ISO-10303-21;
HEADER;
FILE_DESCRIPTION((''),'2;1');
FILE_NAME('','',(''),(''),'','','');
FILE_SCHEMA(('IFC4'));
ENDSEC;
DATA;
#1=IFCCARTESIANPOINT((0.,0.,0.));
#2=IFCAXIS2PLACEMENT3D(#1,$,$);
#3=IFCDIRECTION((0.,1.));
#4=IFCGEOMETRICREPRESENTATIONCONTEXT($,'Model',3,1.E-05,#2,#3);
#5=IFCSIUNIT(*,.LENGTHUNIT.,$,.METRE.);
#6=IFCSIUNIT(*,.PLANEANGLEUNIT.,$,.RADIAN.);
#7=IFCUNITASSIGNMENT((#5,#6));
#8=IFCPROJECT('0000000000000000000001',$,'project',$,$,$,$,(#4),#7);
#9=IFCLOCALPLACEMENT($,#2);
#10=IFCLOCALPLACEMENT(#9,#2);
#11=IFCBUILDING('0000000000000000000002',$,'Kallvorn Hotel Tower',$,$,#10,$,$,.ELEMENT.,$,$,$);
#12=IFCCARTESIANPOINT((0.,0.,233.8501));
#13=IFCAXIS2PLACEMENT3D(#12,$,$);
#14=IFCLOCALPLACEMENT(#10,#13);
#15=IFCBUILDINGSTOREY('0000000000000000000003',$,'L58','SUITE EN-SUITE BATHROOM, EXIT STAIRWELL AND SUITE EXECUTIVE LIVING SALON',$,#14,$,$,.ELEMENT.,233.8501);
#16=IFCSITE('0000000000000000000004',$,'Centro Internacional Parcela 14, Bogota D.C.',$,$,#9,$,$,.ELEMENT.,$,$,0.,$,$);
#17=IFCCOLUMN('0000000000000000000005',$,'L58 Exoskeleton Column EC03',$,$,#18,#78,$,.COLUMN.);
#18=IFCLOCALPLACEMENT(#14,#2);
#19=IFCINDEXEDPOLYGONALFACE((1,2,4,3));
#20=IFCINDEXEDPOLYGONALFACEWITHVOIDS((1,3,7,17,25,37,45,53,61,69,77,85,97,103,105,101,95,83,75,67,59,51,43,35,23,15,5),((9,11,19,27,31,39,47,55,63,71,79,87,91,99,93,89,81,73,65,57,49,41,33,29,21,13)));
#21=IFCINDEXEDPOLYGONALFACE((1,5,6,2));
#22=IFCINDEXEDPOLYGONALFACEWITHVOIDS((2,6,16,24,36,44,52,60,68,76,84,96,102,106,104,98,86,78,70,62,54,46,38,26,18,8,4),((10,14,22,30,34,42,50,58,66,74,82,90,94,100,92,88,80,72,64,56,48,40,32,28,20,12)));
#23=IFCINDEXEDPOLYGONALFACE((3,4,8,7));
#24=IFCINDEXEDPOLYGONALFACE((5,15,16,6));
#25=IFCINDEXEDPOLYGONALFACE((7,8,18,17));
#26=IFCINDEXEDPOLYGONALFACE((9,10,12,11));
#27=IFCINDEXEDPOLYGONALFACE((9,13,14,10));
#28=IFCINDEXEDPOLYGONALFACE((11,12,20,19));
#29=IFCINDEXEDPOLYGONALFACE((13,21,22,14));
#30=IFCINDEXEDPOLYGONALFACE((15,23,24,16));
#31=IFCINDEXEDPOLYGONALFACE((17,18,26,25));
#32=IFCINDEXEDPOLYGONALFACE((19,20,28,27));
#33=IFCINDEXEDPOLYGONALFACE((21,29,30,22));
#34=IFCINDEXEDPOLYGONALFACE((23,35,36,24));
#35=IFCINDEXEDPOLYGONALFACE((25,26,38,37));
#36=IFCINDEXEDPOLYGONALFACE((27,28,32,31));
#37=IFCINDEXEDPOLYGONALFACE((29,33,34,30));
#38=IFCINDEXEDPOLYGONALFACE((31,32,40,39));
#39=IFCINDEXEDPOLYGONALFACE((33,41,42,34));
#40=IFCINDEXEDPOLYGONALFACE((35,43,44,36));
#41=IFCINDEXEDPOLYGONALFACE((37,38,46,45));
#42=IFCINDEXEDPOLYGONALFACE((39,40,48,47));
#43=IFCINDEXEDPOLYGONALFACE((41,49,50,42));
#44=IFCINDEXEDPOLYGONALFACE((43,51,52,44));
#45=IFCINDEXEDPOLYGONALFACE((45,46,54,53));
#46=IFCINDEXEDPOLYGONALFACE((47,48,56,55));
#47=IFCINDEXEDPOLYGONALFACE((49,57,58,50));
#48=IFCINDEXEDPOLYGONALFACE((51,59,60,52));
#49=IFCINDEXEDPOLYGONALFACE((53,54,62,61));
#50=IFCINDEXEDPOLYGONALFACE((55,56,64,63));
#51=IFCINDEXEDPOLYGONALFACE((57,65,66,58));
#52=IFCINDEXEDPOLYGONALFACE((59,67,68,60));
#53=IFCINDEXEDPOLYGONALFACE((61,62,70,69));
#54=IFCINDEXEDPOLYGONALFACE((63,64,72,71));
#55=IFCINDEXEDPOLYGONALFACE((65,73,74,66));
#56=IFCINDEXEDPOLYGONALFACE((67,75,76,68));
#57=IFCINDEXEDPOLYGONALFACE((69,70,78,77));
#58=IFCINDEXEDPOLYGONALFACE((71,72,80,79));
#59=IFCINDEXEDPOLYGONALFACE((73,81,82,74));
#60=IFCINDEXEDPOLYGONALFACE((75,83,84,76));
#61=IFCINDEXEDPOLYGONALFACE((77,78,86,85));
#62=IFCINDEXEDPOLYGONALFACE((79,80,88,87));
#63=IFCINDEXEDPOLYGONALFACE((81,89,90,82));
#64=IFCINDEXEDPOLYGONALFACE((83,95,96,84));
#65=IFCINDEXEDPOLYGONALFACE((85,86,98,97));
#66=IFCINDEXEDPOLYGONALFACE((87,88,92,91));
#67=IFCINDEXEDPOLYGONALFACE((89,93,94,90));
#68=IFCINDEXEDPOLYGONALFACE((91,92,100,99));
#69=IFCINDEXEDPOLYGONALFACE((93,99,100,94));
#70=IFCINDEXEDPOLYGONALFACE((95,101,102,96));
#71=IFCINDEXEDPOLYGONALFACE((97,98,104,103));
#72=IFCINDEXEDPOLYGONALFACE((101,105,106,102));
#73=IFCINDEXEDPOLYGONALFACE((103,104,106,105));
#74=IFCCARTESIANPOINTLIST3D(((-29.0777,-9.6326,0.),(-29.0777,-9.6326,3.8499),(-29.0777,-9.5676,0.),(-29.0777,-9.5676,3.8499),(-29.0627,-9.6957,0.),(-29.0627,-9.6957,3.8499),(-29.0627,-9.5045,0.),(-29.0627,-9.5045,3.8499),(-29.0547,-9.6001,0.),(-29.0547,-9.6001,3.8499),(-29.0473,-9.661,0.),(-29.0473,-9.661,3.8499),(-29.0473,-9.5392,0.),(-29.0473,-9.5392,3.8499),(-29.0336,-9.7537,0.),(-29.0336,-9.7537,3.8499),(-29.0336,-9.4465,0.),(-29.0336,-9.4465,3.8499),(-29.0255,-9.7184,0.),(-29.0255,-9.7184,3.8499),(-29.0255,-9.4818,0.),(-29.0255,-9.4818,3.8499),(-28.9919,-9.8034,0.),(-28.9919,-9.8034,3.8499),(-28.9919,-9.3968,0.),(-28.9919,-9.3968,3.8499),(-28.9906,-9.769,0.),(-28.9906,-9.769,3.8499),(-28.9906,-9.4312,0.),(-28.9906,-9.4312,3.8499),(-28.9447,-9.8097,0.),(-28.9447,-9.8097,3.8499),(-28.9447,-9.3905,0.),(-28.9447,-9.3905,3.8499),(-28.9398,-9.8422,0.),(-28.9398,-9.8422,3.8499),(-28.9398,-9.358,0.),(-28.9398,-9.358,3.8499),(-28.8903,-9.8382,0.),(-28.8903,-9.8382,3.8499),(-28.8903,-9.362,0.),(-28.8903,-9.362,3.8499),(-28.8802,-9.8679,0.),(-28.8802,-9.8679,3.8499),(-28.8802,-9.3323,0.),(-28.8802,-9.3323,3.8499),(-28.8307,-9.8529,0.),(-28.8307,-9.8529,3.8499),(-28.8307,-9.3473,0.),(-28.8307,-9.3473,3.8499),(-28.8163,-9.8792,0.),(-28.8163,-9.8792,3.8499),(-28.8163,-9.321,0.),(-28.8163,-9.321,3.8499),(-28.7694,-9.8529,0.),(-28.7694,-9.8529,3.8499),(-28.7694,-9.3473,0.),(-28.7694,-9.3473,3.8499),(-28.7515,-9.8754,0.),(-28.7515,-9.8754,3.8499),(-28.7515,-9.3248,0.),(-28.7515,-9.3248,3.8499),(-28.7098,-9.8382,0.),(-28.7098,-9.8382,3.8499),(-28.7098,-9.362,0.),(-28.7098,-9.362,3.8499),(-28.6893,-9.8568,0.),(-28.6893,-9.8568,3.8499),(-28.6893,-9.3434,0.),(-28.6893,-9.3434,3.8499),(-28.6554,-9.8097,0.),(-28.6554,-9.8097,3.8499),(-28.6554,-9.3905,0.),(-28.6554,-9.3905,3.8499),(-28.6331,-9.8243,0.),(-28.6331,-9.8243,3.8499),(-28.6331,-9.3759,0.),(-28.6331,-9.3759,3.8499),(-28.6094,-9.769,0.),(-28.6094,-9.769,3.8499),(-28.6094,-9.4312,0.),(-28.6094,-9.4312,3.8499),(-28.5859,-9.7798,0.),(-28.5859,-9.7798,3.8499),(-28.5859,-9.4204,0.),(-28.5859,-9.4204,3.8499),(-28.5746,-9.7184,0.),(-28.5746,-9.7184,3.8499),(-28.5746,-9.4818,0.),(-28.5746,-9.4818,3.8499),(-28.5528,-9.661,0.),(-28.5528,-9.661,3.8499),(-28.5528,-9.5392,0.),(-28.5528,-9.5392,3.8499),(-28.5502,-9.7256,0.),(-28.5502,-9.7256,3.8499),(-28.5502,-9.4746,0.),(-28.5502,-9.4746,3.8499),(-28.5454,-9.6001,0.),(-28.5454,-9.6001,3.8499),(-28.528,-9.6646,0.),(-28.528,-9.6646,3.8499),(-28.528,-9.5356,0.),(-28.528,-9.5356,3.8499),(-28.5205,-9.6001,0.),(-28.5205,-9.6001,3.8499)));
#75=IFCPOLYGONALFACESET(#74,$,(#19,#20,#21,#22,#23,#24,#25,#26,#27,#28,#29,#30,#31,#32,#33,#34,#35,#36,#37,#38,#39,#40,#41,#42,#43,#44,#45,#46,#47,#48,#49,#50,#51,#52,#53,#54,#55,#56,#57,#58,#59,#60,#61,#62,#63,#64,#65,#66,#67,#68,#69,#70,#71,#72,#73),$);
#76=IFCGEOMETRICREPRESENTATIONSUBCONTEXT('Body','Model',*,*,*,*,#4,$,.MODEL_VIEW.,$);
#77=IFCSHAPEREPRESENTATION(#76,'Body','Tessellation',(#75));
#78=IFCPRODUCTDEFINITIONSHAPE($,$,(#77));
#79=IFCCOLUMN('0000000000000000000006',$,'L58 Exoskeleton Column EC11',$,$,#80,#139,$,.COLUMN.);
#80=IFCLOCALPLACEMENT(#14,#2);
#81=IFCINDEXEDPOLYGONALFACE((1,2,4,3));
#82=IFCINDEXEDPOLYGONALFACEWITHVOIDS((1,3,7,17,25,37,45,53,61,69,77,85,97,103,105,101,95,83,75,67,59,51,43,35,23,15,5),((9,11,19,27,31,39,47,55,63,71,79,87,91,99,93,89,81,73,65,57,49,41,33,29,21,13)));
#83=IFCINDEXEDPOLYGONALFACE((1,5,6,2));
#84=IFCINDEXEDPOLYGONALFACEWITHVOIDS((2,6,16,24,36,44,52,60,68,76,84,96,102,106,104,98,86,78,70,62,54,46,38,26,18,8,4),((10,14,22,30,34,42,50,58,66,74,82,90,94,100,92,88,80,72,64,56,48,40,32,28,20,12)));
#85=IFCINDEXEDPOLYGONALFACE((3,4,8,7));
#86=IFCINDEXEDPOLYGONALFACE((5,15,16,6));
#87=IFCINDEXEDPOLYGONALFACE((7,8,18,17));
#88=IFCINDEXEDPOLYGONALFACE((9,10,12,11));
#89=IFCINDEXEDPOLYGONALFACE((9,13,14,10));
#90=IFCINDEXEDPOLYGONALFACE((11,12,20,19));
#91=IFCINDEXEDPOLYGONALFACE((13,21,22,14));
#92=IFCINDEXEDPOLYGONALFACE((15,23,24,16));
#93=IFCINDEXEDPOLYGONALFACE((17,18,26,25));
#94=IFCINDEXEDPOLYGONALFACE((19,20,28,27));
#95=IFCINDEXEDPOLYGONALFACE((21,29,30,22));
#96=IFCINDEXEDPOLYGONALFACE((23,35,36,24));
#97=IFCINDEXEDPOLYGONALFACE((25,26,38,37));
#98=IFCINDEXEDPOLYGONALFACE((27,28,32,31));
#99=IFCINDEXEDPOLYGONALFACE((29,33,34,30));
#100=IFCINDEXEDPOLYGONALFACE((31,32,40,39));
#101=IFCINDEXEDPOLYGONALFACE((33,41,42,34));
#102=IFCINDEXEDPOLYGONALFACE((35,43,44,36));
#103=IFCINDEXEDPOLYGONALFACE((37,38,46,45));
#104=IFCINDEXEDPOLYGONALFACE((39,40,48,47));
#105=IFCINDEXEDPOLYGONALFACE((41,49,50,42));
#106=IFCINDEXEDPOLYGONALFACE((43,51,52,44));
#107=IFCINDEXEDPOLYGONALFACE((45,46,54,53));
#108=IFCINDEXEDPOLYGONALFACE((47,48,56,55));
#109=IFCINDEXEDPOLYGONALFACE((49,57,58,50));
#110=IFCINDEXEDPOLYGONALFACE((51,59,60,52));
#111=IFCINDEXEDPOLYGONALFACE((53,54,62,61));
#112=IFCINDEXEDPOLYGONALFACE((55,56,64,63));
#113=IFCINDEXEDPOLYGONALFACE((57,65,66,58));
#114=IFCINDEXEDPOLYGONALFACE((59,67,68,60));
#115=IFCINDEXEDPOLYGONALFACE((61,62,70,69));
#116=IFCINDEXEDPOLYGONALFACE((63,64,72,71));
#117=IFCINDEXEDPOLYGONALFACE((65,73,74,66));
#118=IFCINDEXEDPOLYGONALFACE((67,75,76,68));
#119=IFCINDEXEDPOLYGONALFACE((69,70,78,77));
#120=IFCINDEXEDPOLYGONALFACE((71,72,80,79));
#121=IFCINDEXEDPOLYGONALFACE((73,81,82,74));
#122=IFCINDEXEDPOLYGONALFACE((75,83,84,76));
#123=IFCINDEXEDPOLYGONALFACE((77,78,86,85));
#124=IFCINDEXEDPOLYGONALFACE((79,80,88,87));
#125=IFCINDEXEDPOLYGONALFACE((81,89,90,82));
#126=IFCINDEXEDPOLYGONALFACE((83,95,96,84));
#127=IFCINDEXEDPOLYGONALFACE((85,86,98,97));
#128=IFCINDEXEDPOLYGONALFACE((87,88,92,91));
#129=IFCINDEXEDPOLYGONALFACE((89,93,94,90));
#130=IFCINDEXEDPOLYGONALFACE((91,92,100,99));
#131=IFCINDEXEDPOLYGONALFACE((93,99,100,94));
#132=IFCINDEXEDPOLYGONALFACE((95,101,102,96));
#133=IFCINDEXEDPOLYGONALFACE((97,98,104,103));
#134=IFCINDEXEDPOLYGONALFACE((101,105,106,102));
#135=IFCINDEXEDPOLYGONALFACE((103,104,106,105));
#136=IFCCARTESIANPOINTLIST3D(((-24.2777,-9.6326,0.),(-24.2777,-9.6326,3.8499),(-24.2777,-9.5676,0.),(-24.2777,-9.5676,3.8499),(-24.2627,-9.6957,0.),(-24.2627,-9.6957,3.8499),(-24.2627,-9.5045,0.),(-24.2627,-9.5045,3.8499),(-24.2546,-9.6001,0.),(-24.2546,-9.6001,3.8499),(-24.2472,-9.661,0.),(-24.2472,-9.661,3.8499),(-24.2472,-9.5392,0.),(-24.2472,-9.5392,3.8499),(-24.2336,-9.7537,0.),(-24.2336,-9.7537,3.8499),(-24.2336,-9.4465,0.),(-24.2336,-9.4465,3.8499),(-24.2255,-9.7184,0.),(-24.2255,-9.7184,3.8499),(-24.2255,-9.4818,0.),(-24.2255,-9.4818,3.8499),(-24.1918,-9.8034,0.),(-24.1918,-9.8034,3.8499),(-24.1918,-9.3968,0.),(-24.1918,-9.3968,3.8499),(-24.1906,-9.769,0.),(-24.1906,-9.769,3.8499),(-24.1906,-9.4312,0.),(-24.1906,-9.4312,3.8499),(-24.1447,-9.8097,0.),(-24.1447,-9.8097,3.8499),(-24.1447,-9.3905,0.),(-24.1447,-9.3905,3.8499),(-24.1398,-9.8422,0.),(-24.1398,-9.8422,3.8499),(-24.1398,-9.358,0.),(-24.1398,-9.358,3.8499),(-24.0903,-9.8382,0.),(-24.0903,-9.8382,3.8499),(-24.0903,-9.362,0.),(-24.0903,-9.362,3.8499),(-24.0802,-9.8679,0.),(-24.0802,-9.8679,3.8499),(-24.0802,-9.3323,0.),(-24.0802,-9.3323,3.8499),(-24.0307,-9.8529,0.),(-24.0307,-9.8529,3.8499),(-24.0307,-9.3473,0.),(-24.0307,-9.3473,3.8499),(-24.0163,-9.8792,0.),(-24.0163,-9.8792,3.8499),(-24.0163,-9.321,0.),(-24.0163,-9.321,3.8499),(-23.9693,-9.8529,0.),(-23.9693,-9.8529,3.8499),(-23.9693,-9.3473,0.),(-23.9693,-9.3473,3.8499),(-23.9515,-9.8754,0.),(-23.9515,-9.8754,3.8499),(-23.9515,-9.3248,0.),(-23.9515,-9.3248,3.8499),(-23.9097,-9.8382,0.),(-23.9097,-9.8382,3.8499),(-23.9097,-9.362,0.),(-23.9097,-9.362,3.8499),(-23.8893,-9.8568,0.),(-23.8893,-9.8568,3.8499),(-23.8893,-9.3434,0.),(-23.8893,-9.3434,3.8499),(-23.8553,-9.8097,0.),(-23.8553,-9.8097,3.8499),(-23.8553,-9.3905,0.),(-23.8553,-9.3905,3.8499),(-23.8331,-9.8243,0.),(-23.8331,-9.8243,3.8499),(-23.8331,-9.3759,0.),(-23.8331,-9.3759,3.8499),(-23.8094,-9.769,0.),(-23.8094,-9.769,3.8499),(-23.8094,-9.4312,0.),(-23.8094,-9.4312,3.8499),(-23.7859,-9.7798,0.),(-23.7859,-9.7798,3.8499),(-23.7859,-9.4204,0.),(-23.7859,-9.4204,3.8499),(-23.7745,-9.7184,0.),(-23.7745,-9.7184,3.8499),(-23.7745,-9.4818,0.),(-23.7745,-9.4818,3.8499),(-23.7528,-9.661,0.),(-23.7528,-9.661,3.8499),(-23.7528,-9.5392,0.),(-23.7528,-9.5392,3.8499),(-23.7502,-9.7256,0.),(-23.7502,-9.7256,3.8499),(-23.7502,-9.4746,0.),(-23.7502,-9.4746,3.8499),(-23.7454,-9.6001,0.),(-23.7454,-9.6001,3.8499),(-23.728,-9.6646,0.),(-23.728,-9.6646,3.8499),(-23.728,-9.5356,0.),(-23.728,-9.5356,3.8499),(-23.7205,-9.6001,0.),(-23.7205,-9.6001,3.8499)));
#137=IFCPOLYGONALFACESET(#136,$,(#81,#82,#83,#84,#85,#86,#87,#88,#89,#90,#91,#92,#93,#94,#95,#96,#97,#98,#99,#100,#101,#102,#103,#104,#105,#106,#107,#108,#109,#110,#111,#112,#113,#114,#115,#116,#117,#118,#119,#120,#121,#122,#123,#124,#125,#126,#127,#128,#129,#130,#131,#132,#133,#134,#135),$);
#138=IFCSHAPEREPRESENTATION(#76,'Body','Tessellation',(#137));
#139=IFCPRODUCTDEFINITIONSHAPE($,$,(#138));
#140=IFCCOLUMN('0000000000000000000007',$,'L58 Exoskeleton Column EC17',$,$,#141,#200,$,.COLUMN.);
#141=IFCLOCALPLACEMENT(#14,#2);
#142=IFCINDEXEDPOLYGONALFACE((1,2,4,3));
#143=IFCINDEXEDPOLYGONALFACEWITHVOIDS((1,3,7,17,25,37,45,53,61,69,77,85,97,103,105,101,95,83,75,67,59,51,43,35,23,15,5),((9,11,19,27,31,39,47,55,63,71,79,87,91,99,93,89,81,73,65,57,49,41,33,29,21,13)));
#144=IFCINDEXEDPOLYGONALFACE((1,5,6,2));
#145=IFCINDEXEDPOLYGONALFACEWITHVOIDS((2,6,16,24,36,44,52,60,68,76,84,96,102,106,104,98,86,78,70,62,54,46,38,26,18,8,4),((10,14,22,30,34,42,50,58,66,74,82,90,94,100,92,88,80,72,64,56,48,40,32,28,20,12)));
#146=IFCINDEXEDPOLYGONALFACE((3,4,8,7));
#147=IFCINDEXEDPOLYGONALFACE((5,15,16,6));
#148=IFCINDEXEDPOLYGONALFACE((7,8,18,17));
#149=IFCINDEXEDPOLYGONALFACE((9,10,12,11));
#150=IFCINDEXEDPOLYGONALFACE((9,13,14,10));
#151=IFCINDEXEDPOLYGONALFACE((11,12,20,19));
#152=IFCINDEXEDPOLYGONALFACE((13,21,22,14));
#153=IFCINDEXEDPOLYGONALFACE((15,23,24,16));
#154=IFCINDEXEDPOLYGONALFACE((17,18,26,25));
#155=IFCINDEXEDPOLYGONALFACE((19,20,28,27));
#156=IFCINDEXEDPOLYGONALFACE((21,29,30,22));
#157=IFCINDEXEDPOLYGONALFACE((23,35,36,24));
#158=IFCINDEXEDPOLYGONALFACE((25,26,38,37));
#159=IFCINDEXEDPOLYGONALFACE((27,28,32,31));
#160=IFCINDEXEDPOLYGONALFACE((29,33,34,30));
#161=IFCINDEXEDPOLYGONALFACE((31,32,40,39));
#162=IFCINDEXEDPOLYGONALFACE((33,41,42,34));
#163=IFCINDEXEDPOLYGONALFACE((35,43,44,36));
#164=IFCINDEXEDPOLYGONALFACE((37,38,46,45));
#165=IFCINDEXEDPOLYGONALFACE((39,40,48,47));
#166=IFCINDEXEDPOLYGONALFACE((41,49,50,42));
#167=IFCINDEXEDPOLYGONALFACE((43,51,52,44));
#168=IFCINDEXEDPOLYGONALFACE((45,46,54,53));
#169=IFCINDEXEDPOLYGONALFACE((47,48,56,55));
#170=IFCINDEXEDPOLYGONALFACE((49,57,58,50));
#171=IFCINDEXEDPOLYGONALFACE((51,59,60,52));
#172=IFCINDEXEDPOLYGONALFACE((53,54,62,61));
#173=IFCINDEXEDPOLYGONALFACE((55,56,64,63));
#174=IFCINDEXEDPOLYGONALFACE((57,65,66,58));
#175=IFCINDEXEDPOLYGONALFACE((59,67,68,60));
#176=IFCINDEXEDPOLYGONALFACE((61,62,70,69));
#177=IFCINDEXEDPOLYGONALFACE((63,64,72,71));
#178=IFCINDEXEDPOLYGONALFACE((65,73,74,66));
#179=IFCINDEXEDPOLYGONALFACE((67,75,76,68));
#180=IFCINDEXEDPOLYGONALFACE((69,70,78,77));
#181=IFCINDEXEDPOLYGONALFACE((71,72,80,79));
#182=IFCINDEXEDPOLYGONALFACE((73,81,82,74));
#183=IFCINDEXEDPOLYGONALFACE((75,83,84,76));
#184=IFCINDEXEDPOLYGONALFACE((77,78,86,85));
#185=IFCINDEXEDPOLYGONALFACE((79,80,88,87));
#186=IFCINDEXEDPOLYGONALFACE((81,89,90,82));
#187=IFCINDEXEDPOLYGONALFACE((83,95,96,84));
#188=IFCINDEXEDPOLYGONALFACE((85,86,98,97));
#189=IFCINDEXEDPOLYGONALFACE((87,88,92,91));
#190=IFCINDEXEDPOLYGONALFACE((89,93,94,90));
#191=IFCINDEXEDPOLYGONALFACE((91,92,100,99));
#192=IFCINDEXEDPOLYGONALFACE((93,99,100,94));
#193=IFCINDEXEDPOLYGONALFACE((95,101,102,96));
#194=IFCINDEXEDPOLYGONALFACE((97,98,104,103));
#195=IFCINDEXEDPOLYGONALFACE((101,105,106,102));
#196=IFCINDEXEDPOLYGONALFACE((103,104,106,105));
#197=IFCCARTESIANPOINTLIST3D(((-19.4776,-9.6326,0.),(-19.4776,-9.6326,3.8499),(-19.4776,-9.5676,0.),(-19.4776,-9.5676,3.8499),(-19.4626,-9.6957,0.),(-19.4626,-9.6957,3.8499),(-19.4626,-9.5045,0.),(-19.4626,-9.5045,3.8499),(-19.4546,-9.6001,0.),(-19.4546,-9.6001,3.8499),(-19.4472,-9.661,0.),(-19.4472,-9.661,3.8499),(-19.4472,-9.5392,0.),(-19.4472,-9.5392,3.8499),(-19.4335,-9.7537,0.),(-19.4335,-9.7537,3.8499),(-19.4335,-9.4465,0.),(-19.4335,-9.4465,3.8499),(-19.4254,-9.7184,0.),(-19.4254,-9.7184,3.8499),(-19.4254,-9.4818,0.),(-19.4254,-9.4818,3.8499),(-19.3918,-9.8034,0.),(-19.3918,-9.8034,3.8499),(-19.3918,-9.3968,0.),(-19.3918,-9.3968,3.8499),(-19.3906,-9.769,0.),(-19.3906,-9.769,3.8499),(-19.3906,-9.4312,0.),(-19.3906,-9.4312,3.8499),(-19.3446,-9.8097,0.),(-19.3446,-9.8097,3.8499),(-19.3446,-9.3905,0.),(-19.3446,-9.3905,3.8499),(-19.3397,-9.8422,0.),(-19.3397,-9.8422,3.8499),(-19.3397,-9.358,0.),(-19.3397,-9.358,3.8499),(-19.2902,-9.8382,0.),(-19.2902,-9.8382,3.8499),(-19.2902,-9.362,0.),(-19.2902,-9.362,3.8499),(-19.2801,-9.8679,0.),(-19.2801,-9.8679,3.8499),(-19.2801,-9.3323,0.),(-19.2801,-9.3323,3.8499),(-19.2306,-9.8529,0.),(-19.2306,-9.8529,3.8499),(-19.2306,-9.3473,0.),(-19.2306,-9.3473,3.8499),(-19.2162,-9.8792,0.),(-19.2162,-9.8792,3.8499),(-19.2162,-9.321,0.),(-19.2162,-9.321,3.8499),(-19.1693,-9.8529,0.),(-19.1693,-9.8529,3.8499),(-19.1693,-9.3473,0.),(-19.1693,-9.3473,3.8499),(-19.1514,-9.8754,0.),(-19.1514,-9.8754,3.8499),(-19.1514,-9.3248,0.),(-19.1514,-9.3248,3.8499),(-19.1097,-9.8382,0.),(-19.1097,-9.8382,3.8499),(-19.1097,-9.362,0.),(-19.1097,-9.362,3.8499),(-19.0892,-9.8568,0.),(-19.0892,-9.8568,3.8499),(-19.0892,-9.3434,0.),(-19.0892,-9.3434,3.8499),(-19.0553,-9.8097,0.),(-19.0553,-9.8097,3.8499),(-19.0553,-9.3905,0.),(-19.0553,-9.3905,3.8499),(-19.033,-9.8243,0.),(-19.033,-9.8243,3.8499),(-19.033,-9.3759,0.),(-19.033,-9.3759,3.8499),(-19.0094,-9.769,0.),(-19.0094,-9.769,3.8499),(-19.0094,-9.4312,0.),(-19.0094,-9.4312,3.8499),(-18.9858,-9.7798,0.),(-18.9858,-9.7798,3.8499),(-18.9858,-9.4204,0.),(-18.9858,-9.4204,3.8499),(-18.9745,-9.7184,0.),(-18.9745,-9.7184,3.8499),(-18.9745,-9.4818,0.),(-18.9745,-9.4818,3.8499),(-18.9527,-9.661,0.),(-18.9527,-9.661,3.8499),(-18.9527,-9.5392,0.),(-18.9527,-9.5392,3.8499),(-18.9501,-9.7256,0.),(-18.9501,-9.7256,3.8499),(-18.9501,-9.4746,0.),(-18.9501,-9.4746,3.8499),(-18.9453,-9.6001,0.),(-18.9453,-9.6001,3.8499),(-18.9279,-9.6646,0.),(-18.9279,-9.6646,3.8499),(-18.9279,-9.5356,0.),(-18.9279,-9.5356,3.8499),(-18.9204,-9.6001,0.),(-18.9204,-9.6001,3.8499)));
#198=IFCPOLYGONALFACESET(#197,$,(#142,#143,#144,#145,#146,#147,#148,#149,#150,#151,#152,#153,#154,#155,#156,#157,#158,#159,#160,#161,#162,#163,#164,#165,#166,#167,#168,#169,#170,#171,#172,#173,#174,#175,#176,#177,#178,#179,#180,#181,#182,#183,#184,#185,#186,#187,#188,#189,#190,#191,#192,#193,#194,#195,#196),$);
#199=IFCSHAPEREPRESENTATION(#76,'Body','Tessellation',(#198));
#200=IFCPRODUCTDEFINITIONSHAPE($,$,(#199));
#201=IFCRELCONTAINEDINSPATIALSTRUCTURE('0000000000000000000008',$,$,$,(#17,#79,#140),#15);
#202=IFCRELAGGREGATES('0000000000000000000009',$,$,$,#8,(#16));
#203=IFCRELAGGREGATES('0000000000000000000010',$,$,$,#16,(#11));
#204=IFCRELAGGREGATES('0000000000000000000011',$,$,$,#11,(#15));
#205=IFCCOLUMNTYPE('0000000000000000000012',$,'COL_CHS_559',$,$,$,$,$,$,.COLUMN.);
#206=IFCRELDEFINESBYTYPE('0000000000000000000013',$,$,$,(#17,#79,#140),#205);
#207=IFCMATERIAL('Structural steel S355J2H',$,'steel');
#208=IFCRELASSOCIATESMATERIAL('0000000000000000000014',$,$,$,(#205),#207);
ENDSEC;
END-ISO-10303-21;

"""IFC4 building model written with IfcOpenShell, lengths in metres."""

from ifc_helpers import new_model, si_unit, direction, frame, origin, origin_2d, place, context, subcontext, project, spatial, hollow_circle, extrude, material, material_profile, profile_set, type_object, element, save


model = new_model("IFC4")

# Units and contexts
model_context = context("Model", 3, precision=1e-05, world=origin(), true_north=direction((0.0, 1.0)))
body_context = subcontext(model_context, "Body", "Model", "MODEL_VIEW")
ifc_project = project(units=[si_unit("LENGTHUNIT", "METRE"), si_unit("PLANEANGLEUNIT", "RADIAN")], contexts=[model_context])

# Site, building, storey
site_placement = place(None, origin())
site = spatial("IfcSite", under=ifc_project, at=site_placement, Name="Centro Internacional Parcela 14, Bogota D.C.", CompositionType="ELEMENT", RefElevation=0.0)
building_placement = place(site_placement, origin())
building = spatial("IfcBuilding", under=site, at=building_placement, Name="Kallvorn Hotel Tower", CompositionType="ELEMENT")
storey_placement = place(building_placement, frame((0.0, 0.0, 233.8501)))
storey = spatial("IfcBuildingStorey", under=building, at=storey_placement, Name="L58", Description="SUITE EN-SUITE BATHROOM, EXIT STAIRWELL AND SUITE EXECUTIVE LIVING SALON", CompositionType="ELEMENT", Elevation=233.8501)

# Columns
ifc_material_1 = material(Name="Structural steel S355J2H", Category="steel")
ifc_material_profile_1 = material_profile(ifc_material_1, hollow_circle(Radius=0.2795, WallThickness=0.0249, at=origin_2d()), Name="CHS 559x25")
ifc_profile_set_1 = profile_set([ifc_material_profile_1], Name="Structural steel S355J2H")
column_type_1 = type_object("IfcColumnType", Name="COL_CHS_559", PredefinedType="COLUMN", material=ifc_profile_set_1)
for number, where, z_axis, x_axis, name in (
    (1, (-28.8, -9.6001, 0.0), (0.0, 0.0, 1.0), (1.0, 0.0, 0.0), "L58 Exoskeleton Column EC03"),
    (2, (-24.0, -9.6001, 0.0), (0.0, 0.0, 1.0), (1.0, 0.0, 0.0), "L58 Exoskeleton Column EC11"),
    (3, (-19.2, -9.6001, 0.0), (0.0, 0.0, 1.0), (1.0, 0.0, 0.0), "L58 Exoskeleton Column EC17"),
):
    element("IfcColumn", number, at=place(storey_placement, frame(where, z_axis=z_axis, x_axis=x_axis)), inside=storey, type_object=column_type_1, Name=name, PredefinedType="COLUMN", context=body_context, shape_type="SweptSolid", body=[
        extrude(hollow_circle(Radius=0.2795, WallThickness=0.0249, at=origin_2d()), origin(), (0.0, 0.0, 1.0), 3.8499),
    ])

save(model, "model.ifc")
